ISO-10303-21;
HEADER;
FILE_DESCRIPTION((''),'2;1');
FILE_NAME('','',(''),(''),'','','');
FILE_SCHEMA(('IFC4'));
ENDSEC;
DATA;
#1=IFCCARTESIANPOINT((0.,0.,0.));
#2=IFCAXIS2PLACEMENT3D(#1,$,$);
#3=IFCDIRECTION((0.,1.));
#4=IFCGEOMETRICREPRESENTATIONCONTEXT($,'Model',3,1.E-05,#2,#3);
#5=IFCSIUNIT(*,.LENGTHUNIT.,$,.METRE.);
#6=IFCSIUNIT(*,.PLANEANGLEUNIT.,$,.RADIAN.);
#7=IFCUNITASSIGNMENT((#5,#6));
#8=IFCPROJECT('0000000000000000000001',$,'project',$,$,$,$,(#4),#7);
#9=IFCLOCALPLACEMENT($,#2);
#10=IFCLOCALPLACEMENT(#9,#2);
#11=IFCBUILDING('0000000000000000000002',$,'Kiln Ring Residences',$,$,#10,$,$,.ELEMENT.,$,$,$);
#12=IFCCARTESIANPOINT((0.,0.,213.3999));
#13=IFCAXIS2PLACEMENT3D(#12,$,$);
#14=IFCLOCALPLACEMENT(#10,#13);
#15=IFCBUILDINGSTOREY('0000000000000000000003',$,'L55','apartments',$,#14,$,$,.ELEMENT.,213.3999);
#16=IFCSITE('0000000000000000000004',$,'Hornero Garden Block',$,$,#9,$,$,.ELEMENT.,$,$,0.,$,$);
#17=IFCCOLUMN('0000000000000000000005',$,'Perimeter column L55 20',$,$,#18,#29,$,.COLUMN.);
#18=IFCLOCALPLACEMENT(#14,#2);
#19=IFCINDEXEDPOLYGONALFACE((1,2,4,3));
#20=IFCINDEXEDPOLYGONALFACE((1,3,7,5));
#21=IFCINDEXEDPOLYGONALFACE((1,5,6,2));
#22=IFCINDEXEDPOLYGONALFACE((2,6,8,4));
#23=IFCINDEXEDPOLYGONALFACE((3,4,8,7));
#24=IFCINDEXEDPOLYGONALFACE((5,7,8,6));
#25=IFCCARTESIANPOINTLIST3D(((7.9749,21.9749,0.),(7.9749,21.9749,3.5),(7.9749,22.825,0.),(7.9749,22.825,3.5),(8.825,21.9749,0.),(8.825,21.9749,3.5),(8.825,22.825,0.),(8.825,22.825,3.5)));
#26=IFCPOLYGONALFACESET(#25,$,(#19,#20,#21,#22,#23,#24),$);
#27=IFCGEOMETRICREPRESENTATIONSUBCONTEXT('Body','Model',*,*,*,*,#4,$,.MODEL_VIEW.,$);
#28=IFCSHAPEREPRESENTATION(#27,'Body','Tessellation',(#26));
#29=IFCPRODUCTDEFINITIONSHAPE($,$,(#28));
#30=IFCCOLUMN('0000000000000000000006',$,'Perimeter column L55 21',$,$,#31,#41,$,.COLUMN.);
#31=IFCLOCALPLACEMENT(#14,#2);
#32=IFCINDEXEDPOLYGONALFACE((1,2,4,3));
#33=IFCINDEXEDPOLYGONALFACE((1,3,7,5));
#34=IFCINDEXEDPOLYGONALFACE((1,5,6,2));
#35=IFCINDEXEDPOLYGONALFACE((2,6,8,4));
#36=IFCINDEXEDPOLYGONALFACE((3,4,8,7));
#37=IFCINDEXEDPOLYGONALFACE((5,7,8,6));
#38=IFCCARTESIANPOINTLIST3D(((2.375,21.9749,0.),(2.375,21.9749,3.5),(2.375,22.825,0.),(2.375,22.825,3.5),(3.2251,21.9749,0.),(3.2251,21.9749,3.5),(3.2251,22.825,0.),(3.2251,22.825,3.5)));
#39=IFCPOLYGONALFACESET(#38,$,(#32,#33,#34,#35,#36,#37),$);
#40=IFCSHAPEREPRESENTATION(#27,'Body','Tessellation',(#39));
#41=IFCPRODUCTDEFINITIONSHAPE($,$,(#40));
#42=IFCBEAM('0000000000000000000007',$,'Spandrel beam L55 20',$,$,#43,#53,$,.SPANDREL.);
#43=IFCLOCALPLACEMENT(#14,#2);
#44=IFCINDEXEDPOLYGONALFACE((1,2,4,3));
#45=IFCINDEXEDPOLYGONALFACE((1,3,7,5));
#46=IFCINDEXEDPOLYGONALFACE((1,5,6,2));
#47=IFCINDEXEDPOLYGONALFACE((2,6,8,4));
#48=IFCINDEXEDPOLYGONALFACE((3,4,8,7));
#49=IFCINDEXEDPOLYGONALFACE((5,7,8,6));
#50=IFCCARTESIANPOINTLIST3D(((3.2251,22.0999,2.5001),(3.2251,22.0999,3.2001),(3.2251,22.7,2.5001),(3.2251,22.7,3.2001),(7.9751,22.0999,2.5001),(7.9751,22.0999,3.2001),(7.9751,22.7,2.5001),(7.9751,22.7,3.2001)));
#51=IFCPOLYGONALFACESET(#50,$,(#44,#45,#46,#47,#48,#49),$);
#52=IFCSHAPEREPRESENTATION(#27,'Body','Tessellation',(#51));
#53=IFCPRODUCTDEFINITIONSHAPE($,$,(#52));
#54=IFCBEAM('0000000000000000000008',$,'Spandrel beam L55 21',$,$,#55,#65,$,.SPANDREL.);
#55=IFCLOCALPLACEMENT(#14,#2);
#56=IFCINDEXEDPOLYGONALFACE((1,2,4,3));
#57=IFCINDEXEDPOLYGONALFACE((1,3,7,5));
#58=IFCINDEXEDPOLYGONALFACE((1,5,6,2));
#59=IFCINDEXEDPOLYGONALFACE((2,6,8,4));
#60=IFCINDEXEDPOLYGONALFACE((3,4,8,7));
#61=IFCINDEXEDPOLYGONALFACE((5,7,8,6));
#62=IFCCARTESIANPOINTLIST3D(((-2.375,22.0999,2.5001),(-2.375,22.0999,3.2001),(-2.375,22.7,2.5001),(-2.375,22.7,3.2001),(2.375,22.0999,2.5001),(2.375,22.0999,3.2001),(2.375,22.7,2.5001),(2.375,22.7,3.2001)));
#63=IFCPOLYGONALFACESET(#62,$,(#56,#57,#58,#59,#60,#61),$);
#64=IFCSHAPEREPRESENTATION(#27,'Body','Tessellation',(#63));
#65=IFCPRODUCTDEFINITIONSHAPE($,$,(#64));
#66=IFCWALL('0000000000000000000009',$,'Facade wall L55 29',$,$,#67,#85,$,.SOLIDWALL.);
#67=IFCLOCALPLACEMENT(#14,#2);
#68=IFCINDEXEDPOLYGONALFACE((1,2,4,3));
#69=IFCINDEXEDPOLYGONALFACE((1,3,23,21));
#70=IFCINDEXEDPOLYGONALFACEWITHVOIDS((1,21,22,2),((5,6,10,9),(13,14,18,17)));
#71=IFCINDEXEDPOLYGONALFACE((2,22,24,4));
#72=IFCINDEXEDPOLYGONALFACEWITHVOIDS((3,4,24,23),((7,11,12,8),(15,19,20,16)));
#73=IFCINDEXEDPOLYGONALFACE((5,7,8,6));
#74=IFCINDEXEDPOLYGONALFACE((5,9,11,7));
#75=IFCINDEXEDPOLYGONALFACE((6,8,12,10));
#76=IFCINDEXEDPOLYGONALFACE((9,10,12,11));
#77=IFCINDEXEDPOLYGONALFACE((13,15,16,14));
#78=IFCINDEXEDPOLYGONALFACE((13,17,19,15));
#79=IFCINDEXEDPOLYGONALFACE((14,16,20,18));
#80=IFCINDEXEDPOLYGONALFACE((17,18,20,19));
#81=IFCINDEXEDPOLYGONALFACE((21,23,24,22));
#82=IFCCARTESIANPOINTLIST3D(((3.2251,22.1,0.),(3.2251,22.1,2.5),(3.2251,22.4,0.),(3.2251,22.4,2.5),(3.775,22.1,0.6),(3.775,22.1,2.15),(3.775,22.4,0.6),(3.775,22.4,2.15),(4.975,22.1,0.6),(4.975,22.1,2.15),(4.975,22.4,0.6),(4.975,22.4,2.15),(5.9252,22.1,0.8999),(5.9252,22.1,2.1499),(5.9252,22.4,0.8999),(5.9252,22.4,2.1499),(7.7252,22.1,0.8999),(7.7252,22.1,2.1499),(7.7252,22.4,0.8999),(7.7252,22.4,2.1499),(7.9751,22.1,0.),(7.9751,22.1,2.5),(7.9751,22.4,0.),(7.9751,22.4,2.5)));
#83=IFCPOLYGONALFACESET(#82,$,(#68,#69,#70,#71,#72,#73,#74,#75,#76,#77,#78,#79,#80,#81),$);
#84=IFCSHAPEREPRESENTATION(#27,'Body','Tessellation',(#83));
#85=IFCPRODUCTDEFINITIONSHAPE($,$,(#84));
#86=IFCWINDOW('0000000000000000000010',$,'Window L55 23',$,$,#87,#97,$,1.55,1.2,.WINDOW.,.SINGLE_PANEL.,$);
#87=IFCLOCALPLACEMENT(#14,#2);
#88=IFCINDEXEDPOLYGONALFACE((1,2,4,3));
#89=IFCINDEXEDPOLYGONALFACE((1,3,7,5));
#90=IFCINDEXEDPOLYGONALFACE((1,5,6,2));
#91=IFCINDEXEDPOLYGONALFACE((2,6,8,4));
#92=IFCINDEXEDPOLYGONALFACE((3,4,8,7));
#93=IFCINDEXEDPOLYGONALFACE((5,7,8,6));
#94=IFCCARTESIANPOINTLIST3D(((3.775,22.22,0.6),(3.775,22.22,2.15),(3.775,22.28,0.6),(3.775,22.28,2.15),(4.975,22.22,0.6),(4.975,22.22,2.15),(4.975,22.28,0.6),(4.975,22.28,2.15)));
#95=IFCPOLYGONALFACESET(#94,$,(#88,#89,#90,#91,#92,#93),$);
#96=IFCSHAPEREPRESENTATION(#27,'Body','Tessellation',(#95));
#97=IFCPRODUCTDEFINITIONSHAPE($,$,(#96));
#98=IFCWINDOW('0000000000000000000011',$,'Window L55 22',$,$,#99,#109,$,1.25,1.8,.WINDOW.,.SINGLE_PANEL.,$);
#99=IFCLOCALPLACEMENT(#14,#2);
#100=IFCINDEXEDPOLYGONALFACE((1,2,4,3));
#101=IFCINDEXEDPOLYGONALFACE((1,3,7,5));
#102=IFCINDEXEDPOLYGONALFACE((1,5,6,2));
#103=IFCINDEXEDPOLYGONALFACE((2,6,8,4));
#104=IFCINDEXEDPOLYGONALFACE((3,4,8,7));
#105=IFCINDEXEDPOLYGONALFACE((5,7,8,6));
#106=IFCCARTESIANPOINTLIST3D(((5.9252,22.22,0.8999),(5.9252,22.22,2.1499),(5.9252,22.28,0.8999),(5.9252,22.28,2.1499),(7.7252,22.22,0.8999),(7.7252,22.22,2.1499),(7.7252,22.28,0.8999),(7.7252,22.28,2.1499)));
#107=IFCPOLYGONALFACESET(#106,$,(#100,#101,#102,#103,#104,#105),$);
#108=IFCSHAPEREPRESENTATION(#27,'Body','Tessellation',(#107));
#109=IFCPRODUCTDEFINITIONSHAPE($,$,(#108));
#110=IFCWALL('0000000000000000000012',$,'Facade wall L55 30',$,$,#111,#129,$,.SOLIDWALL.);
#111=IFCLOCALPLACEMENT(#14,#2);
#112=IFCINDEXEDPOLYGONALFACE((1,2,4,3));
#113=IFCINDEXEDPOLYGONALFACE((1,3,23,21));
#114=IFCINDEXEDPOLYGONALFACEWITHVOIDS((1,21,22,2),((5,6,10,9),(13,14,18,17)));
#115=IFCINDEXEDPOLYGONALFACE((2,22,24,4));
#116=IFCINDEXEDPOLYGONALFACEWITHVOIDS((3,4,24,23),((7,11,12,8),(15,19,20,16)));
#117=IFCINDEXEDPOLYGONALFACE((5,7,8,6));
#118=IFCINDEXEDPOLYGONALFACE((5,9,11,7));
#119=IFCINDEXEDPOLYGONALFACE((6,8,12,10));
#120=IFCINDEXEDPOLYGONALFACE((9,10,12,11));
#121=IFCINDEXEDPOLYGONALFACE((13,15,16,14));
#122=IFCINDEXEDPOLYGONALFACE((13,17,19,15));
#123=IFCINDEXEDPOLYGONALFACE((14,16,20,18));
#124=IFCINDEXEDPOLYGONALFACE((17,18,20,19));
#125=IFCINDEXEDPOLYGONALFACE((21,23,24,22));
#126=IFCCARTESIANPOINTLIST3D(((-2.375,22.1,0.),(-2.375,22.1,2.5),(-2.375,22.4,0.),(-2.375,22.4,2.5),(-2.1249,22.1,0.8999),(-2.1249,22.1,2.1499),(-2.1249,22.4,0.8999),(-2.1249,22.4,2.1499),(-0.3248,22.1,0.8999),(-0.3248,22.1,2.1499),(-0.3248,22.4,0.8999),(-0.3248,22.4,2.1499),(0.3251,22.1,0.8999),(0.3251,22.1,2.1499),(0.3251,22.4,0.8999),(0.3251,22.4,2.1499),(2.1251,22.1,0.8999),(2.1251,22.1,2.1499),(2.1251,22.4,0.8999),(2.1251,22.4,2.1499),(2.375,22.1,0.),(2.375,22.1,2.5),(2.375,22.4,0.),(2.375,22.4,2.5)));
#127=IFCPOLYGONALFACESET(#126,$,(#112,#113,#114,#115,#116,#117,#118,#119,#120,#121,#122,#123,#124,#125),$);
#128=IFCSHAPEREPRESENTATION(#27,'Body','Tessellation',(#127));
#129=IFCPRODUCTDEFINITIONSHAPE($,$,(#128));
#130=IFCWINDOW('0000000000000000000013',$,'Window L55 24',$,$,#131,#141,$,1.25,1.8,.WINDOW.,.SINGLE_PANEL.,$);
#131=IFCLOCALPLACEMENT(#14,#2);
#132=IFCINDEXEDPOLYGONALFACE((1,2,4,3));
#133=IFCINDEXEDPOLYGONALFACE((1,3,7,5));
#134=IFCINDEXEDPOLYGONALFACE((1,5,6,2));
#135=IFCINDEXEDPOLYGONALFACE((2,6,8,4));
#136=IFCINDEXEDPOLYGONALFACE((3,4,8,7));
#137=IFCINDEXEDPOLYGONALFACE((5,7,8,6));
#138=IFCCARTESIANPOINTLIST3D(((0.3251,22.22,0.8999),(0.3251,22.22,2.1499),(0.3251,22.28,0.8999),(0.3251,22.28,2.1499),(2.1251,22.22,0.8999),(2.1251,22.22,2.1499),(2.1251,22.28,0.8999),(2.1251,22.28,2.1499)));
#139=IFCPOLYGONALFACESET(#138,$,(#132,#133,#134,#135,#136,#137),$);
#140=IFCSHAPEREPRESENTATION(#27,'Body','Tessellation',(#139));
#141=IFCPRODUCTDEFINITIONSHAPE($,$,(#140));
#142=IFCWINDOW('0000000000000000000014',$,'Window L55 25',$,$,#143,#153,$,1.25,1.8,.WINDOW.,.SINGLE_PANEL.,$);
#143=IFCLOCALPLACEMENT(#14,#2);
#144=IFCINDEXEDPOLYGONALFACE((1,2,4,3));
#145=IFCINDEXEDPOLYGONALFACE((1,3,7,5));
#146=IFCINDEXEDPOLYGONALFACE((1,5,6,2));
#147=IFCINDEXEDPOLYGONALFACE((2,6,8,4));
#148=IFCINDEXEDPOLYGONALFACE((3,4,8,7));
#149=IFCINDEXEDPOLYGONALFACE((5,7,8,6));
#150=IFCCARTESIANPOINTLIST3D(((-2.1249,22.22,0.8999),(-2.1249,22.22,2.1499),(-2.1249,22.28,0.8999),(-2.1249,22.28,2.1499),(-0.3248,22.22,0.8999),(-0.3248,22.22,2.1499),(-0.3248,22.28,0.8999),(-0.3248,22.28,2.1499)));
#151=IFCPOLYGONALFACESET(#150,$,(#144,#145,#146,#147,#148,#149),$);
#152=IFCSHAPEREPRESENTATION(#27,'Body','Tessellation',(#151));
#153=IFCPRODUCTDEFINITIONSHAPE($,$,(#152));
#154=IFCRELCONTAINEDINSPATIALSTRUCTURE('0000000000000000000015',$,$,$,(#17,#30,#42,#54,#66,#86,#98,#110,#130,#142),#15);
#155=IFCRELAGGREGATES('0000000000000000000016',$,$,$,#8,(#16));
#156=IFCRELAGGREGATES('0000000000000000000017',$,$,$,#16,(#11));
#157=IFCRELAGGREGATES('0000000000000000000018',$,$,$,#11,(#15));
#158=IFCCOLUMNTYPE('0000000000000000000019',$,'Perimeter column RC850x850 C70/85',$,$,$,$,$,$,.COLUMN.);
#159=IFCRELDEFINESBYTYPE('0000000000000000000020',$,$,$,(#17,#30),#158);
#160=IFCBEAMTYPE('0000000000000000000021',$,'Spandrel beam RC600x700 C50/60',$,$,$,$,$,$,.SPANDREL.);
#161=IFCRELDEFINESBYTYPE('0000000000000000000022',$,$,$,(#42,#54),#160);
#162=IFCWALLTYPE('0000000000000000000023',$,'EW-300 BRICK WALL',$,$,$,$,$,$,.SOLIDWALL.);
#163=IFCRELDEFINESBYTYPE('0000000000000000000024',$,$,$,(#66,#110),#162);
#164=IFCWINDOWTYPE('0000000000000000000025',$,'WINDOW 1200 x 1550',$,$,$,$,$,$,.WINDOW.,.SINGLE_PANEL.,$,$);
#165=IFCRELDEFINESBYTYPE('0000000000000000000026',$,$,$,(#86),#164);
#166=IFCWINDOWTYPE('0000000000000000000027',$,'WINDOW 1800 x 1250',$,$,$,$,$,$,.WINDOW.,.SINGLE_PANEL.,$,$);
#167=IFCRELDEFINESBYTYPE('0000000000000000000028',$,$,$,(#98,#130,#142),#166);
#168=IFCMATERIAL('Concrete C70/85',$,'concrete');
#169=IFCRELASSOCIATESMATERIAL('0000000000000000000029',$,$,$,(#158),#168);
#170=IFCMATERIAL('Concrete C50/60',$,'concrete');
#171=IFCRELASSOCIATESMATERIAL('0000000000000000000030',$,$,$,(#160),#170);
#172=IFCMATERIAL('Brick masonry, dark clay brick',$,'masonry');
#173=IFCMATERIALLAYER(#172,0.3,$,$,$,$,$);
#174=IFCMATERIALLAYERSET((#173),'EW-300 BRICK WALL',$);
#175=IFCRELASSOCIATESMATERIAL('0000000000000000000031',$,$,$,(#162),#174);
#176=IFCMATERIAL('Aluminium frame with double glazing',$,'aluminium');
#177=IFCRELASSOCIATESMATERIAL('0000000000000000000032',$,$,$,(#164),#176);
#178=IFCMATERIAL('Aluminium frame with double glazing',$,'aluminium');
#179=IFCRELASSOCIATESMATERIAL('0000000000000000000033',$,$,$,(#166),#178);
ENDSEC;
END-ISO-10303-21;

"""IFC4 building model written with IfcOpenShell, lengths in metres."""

from ifc_helpers import new_model, si_unit, direction, frame, frame_2d, origin, origin_2d, place, context, subcontext, project, spatial, rectangle, extrude, material, layer, layer_set, material_profile, profile_set, type_object, element, fill, save


model = new_model("IFC4")

# Units and contexts
model_context = context("Model", 3, precision=1e-05, world=origin(), true_north=direction((0.0, 1.0)))
body_context = subcontext(model_context, "Body", "Model", "MODEL_VIEW")
ifc_project = project(units=[si_unit("LENGTHUNIT", "METRE"), si_unit("PLANEANGLEUNIT", "RADIAN")], contexts=[model_context])

# Site, building, storey
site_placement = place(None, origin())
site = spatial("IfcSite", under=ifc_project, at=site_placement, Name="Hornero Garden Block", CompositionType="ELEMENT", RefElevation=0.0)
building_placement = place(site_placement, origin())
building = spatial("IfcBuilding", under=site, at=building_placement, Name="Kiln Ring Residences", CompositionType="ELEMENT")
storey_placement = place(building_placement, frame((0.0, 0.0, 213.3999)))
storey = spatial("IfcBuildingStorey", under=building, at=storey_placement, Name="L55", Description="apartments", CompositionType="ELEMENT", Elevation=213.3999)

# Columns
ifc_material_1 = material(Name="Concrete C70/85", Category="concrete")
ifc_material_profile_1 = material_profile(ifc_material_1, rectangle(XDim=0.8501, YDim=0.8501, at=origin_2d()), Name="RC850x850")
ifc_profile_set_1 = profile_set([ifc_material_profile_1], Name="Concrete C70/85")
column_type = type_object("IfcColumnType", Name="Perimeter column RC850x850 C70/85", PredefinedType="COLUMN", material=ifc_profile_set_1)
for number, where, z_axis, x_axis, name in (
    (1, (8.3999, 22.3999, 0.0), (0.0, 0.0, 1.0), (1.0, 0.0, 0.0), "Perimeter column L55 20"),
    (2, (2.8, 22.3999, 0.0), (0.0, 0.0, 1.0), (1.0, 0.0, 0.0), "Perimeter column L55 21"),
):
    element("IfcColumn", number, at=place(storey_placement, frame(where, z_axis=z_axis, x_axis=x_axis)), inside=storey, type_object=column_type, Name=name, PredefinedType="COLUMN", context=body_context, shape_type="SweptSolid", body=[
        extrude(rectangle(XDim=0.8501, YDim=0.8501, at=origin_2d()), origin(), (0.0, 0.0, 1.0), 3.5),
    ])

# Beams
ifc_material_2 = material(Name="Concrete C50/60", Category="concrete")
ifc_material_profile_2 = material_profile(ifc_material_2, rectangle(XDim=0.6001, YDim=0.7, at=origin_2d()), Name="RC600x700")
ifc_profile_set_2 = profile_set([ifc_material_profile_2], Name="Concrete C50/60")
beam_type = type_object("IfcBeamType", Name="Spandrel beam RC600x700 C50/60", PredefinedType="SPANDREL", material=ifc_profile_set_2)
for number, where, z_axis, x_axis, name in (
    (3, (7.9751, 22.3999, 2.8501), (-1.0, 0.0, 0.0), (0.0, -1.0, 0.0), "Spandrel beam L55 20"),
    (4, (2.375, 22.3999, 2.8501), (-1.0, 0.0, 0.0), (0.0, -1.0, 0.0), "Spandrel beam L55 21"),
):
    element("IfcBeam", number, at=place(storey_placement, frame(where, z_axis=z_axis, x_axis=x_axis)), inside=storey, type_object=beam_type, Name=name, PredefinedType="SPANDREL", context=body_context, shape_type="SweptSolid", body=[
        extrude(rectangle(XDim=0.6001, YDim=0.7, at=origin_2d()), origin(), (0.0, 0.0, 1.0), 4.75),
    ])

# Walls, openings, windows
ifc_material_3 = material(Name="Brick masonry, dark clay brick", Category="masonry")
ifc_layer_1 = layer(ifc_material_3, 0.3)
ifc_layer_set_1 = layer_set([ifc_layer_1], Name="EW-300 BRICK WALL")
wall_type_1 = type_object("IfcWallType", Name="EW-300 BRICK WALL", PredefinedType="SOLIDWALL", material=ifc_layer_set_1)
wall_1_placement = place(storey_placement, frame((7.9751, 22.25, 0.0), z_axis=(0.0, 0.0, 1.0), x_axis=(-1.0, 0.0, 0.0)))
wall_1 = element("IfcWall", 5, at=wall_1_placement, inside=storey, type_object=wall_type_1, Name="Facade wall L55 29", PredefinedType="SOLIDWALL", context=body_context, shape_type="SweptSolid", body=[
    extrude(rectangle(XDim=4.75, YDim=0.3, at=frame_2d((2.375, 0.0))), origin(), (0.0, 0.0, 1.0), 2.5),
])
opening_1_placement = place(wall_1_placement, frame((0.25, 0.0, 0.8999)))
opening_1 = element("IfcOpeningElement", 6, at=opening_1_placement, cuts=wall_1, PredefinedType="OPENING", context=body_context, shape_type="SweptSolid", body=[
    extrude(rectangle(XDim=1.8, YDim=1.25, at=frame_2d((0.8999, 0.625))), frame((0.0, 0.1599, 0.0), z_axis=(0.0, -1.0, 0.0), x_axis=(1.0, 0.0, 0.0)), (0.0, 0.0, 1.0), 0.3201),
])
opening_2_placement = place(wall_1_placement, frame((3.0, 0.0, 0.6001)))
opening_2 = element("IfcOpeningElement", 7, at=opening_2_placement, cuts=wall_1, PredefinedType="OPENING", context=body_context, shape_type="SweptSolid", body=[
    extrude(rectangle(XDim=1.2, YDim=1.55, at=frame_2d((0.6001, 0.7749))), frame((0.0, 0.1599, 0.0), z_axis=(0.0, -1.0, 0.0), x_axis=(1.0, 0.0, 0.0)), (0.0, 0.0, 1.0), 0.3201),
])
ifc_material_4 = material(Name="Aluminium frame with double glazing", Category="aluminium")
window_type_1 = type_object("IfcWindowType", Name="WINDOW 1200 x 1550", PartitioningType="SINGLE_PANEL", PredefinedType="WINDOW", material=ifc_material_4)
window_1_placement = place(opening_2_placement, origin())
window_1 = element("IfcWindow", 8, at=window_1_placement, inside=storey, type_object=window_type_1, Name="Window L55 23", OverallHeight=1.55, OverallWidth=1.2, PartitioningType="SINGLE_PANEL", PredefinedType="WINDOW", context=body_context, shape_type="SweptSolid", body=[
    extrude(rectangle(XDim=1.2, YDim=1.55, at=frame_2d((0.6001, 0.7749))), frame((0.0, 0.03, 0.0), z_axis=(0.0, -1.0, 0.0), x_axis=(1.0, 0.0, 0.0)), (0.0, 0.0, 1.0), 0.0601),
])
fill(opening_2, window_1)
ifc_material_5 = material(Name="Aluminium frame with double glazing", Category="aluminium")
window_type_2 = type_object("IfcWindowType", Name="WINDOW 1800 x 1250", PartitioningType="SINGLE_PANEL", PredefinedType="WINDOW", material=ifc_material_5)
window_2_placement = place(opening_1_placement, origin())
window_2 = element("IfcWindow", 9, at=window_2_placement, inside=storey, type_object=window_type_2, Name="Window L55 22", OverallHeight=1.25, OverallWidth=1.8, PartitioningType="SINGLE_PANEL", PredefinedType="WINDOW", context=body_context, shape_type="SweptSolid", body=[
    extrude(rectangle(XDim=1.8, YDim=1.25, at=frame_2d((0.8999, 0.625))), frame((0.0, 0.03, 0.0), z_axis=(0.0, -1.0, 0.0), x_axis=(1.0, 0.0, 0.0)), (0.0, 0.0, 1.0), 0.0601),
])
fill(opening_1, window_2)
wall_2_placement = place(storey_placement, frame((2.375, 22.25, 0.0), z_axis=(0.0, 0.0, 1.0), x_axis=(-1.0, 0.0, 0.0)))
wall_2 = element("IfcWall", 10, at=wall_2_placement, inside=storey, type_object=wall_type_1, Name="Facade wall L55 30", PredefinedType="SOLIDWALL", context=body_context, shape_type="SweptSolid", body=[
    extrude(rectangle(XDim=4.75, YDim=0.3, at=frame_2d((2.375, 0.0))), origin(), (0.0, 0.0, 1.0), 2.5),
])
opening_3_placement = place(wall_2_placement, frame((0.25, 0.0, 0.8999)))
opening_3 = element("IfcOpeningElement", 11, at=opening_3_placement, cuts=wall_2, PredefinedType="OPENING", context=body_context, shape_type="SweptSolid", body=[
    extrude(rectangle(XDim=1.8, YDim=1.25, at=frame_2d((0.8999, 0.625))), frame((0.0, 0.1599, 0.0), z_axis=(0.0, -1.0, 0.0), x_axis=(1.0, 0.0, 0.0)), (0.0, 0.0, 1.0), 0.3201),
])
opening_4_placement = place(wall_2_placement, frame((2.7, 0.0, 0.8999)))
opening_4 = element("IfcOpeningElement", 12, at=opening_4_placement, cuts=wall_2, PredefinedType="OPENING", context=body_context, shape_type="SweptSolid", body=[
    extrude(rectangle(XDim=1.8, YDim=1.25, at=frame_2d((0.8999, 0.625))), frame((0.0, 0.1599, 0.0), z_axis=(0.0, -1.0, 0.0), x_axis=(1.0, 0.0, 0.0)), (0.0, 0.0, 1.0), 0.3201),
])
window_3_placement = place(opening_3_placement, origin())
window_3 = element("IfcWindow", 13, at=window_3_placement, inside=storey, type_object=window_type_2, Name="Window L55 24", OverallHeight=1.25, OverallWidth=1.8, PartitioningType="SINGLE_PANEL", PredefinedType="WINDOW", context=body_context, shape_type="SweptSolid", body=[
    extrude(rectangle(XDim=1.8, YDim=1.25, at=frame_2d((0.8999, 0.625))), frame((0.0, 0.03, 0.0), z_axis=(0.0, -1.0, 0.0), x_axis=(1.0, 0.0, 0.0)), (0.0, 0.0, 1.0), 0.0601),
])
fill(opening_3, window_3)
window_4_placement = place(opening_4_placement, origin())
window_4 = element("IfcWindow", 14, at=window_4_placement, inside=storey, type_object=window_type_2, Name="Window L55 25", OverallHeight=1.25, OverallWidth=1.8, PartitioningType="SINGLE_PANEL", PredefinedType="WINDOW", context=body_context, shape_type="SweptSolid", body=[
    extrude(rectangle(XDim=1.8, YDim=1.25, at=frame_2d((0.8999, 0.625))), frame((0.0, 0.03, 0.0), z_axis=(0.0, -1.0, 0.0), x_axis=(1.0, 0.0, 0.0)), (0.0, 0.0, 1.0), 0.0601),
])
fill(opening_4, window_4)

save(model, "model.ifc")
